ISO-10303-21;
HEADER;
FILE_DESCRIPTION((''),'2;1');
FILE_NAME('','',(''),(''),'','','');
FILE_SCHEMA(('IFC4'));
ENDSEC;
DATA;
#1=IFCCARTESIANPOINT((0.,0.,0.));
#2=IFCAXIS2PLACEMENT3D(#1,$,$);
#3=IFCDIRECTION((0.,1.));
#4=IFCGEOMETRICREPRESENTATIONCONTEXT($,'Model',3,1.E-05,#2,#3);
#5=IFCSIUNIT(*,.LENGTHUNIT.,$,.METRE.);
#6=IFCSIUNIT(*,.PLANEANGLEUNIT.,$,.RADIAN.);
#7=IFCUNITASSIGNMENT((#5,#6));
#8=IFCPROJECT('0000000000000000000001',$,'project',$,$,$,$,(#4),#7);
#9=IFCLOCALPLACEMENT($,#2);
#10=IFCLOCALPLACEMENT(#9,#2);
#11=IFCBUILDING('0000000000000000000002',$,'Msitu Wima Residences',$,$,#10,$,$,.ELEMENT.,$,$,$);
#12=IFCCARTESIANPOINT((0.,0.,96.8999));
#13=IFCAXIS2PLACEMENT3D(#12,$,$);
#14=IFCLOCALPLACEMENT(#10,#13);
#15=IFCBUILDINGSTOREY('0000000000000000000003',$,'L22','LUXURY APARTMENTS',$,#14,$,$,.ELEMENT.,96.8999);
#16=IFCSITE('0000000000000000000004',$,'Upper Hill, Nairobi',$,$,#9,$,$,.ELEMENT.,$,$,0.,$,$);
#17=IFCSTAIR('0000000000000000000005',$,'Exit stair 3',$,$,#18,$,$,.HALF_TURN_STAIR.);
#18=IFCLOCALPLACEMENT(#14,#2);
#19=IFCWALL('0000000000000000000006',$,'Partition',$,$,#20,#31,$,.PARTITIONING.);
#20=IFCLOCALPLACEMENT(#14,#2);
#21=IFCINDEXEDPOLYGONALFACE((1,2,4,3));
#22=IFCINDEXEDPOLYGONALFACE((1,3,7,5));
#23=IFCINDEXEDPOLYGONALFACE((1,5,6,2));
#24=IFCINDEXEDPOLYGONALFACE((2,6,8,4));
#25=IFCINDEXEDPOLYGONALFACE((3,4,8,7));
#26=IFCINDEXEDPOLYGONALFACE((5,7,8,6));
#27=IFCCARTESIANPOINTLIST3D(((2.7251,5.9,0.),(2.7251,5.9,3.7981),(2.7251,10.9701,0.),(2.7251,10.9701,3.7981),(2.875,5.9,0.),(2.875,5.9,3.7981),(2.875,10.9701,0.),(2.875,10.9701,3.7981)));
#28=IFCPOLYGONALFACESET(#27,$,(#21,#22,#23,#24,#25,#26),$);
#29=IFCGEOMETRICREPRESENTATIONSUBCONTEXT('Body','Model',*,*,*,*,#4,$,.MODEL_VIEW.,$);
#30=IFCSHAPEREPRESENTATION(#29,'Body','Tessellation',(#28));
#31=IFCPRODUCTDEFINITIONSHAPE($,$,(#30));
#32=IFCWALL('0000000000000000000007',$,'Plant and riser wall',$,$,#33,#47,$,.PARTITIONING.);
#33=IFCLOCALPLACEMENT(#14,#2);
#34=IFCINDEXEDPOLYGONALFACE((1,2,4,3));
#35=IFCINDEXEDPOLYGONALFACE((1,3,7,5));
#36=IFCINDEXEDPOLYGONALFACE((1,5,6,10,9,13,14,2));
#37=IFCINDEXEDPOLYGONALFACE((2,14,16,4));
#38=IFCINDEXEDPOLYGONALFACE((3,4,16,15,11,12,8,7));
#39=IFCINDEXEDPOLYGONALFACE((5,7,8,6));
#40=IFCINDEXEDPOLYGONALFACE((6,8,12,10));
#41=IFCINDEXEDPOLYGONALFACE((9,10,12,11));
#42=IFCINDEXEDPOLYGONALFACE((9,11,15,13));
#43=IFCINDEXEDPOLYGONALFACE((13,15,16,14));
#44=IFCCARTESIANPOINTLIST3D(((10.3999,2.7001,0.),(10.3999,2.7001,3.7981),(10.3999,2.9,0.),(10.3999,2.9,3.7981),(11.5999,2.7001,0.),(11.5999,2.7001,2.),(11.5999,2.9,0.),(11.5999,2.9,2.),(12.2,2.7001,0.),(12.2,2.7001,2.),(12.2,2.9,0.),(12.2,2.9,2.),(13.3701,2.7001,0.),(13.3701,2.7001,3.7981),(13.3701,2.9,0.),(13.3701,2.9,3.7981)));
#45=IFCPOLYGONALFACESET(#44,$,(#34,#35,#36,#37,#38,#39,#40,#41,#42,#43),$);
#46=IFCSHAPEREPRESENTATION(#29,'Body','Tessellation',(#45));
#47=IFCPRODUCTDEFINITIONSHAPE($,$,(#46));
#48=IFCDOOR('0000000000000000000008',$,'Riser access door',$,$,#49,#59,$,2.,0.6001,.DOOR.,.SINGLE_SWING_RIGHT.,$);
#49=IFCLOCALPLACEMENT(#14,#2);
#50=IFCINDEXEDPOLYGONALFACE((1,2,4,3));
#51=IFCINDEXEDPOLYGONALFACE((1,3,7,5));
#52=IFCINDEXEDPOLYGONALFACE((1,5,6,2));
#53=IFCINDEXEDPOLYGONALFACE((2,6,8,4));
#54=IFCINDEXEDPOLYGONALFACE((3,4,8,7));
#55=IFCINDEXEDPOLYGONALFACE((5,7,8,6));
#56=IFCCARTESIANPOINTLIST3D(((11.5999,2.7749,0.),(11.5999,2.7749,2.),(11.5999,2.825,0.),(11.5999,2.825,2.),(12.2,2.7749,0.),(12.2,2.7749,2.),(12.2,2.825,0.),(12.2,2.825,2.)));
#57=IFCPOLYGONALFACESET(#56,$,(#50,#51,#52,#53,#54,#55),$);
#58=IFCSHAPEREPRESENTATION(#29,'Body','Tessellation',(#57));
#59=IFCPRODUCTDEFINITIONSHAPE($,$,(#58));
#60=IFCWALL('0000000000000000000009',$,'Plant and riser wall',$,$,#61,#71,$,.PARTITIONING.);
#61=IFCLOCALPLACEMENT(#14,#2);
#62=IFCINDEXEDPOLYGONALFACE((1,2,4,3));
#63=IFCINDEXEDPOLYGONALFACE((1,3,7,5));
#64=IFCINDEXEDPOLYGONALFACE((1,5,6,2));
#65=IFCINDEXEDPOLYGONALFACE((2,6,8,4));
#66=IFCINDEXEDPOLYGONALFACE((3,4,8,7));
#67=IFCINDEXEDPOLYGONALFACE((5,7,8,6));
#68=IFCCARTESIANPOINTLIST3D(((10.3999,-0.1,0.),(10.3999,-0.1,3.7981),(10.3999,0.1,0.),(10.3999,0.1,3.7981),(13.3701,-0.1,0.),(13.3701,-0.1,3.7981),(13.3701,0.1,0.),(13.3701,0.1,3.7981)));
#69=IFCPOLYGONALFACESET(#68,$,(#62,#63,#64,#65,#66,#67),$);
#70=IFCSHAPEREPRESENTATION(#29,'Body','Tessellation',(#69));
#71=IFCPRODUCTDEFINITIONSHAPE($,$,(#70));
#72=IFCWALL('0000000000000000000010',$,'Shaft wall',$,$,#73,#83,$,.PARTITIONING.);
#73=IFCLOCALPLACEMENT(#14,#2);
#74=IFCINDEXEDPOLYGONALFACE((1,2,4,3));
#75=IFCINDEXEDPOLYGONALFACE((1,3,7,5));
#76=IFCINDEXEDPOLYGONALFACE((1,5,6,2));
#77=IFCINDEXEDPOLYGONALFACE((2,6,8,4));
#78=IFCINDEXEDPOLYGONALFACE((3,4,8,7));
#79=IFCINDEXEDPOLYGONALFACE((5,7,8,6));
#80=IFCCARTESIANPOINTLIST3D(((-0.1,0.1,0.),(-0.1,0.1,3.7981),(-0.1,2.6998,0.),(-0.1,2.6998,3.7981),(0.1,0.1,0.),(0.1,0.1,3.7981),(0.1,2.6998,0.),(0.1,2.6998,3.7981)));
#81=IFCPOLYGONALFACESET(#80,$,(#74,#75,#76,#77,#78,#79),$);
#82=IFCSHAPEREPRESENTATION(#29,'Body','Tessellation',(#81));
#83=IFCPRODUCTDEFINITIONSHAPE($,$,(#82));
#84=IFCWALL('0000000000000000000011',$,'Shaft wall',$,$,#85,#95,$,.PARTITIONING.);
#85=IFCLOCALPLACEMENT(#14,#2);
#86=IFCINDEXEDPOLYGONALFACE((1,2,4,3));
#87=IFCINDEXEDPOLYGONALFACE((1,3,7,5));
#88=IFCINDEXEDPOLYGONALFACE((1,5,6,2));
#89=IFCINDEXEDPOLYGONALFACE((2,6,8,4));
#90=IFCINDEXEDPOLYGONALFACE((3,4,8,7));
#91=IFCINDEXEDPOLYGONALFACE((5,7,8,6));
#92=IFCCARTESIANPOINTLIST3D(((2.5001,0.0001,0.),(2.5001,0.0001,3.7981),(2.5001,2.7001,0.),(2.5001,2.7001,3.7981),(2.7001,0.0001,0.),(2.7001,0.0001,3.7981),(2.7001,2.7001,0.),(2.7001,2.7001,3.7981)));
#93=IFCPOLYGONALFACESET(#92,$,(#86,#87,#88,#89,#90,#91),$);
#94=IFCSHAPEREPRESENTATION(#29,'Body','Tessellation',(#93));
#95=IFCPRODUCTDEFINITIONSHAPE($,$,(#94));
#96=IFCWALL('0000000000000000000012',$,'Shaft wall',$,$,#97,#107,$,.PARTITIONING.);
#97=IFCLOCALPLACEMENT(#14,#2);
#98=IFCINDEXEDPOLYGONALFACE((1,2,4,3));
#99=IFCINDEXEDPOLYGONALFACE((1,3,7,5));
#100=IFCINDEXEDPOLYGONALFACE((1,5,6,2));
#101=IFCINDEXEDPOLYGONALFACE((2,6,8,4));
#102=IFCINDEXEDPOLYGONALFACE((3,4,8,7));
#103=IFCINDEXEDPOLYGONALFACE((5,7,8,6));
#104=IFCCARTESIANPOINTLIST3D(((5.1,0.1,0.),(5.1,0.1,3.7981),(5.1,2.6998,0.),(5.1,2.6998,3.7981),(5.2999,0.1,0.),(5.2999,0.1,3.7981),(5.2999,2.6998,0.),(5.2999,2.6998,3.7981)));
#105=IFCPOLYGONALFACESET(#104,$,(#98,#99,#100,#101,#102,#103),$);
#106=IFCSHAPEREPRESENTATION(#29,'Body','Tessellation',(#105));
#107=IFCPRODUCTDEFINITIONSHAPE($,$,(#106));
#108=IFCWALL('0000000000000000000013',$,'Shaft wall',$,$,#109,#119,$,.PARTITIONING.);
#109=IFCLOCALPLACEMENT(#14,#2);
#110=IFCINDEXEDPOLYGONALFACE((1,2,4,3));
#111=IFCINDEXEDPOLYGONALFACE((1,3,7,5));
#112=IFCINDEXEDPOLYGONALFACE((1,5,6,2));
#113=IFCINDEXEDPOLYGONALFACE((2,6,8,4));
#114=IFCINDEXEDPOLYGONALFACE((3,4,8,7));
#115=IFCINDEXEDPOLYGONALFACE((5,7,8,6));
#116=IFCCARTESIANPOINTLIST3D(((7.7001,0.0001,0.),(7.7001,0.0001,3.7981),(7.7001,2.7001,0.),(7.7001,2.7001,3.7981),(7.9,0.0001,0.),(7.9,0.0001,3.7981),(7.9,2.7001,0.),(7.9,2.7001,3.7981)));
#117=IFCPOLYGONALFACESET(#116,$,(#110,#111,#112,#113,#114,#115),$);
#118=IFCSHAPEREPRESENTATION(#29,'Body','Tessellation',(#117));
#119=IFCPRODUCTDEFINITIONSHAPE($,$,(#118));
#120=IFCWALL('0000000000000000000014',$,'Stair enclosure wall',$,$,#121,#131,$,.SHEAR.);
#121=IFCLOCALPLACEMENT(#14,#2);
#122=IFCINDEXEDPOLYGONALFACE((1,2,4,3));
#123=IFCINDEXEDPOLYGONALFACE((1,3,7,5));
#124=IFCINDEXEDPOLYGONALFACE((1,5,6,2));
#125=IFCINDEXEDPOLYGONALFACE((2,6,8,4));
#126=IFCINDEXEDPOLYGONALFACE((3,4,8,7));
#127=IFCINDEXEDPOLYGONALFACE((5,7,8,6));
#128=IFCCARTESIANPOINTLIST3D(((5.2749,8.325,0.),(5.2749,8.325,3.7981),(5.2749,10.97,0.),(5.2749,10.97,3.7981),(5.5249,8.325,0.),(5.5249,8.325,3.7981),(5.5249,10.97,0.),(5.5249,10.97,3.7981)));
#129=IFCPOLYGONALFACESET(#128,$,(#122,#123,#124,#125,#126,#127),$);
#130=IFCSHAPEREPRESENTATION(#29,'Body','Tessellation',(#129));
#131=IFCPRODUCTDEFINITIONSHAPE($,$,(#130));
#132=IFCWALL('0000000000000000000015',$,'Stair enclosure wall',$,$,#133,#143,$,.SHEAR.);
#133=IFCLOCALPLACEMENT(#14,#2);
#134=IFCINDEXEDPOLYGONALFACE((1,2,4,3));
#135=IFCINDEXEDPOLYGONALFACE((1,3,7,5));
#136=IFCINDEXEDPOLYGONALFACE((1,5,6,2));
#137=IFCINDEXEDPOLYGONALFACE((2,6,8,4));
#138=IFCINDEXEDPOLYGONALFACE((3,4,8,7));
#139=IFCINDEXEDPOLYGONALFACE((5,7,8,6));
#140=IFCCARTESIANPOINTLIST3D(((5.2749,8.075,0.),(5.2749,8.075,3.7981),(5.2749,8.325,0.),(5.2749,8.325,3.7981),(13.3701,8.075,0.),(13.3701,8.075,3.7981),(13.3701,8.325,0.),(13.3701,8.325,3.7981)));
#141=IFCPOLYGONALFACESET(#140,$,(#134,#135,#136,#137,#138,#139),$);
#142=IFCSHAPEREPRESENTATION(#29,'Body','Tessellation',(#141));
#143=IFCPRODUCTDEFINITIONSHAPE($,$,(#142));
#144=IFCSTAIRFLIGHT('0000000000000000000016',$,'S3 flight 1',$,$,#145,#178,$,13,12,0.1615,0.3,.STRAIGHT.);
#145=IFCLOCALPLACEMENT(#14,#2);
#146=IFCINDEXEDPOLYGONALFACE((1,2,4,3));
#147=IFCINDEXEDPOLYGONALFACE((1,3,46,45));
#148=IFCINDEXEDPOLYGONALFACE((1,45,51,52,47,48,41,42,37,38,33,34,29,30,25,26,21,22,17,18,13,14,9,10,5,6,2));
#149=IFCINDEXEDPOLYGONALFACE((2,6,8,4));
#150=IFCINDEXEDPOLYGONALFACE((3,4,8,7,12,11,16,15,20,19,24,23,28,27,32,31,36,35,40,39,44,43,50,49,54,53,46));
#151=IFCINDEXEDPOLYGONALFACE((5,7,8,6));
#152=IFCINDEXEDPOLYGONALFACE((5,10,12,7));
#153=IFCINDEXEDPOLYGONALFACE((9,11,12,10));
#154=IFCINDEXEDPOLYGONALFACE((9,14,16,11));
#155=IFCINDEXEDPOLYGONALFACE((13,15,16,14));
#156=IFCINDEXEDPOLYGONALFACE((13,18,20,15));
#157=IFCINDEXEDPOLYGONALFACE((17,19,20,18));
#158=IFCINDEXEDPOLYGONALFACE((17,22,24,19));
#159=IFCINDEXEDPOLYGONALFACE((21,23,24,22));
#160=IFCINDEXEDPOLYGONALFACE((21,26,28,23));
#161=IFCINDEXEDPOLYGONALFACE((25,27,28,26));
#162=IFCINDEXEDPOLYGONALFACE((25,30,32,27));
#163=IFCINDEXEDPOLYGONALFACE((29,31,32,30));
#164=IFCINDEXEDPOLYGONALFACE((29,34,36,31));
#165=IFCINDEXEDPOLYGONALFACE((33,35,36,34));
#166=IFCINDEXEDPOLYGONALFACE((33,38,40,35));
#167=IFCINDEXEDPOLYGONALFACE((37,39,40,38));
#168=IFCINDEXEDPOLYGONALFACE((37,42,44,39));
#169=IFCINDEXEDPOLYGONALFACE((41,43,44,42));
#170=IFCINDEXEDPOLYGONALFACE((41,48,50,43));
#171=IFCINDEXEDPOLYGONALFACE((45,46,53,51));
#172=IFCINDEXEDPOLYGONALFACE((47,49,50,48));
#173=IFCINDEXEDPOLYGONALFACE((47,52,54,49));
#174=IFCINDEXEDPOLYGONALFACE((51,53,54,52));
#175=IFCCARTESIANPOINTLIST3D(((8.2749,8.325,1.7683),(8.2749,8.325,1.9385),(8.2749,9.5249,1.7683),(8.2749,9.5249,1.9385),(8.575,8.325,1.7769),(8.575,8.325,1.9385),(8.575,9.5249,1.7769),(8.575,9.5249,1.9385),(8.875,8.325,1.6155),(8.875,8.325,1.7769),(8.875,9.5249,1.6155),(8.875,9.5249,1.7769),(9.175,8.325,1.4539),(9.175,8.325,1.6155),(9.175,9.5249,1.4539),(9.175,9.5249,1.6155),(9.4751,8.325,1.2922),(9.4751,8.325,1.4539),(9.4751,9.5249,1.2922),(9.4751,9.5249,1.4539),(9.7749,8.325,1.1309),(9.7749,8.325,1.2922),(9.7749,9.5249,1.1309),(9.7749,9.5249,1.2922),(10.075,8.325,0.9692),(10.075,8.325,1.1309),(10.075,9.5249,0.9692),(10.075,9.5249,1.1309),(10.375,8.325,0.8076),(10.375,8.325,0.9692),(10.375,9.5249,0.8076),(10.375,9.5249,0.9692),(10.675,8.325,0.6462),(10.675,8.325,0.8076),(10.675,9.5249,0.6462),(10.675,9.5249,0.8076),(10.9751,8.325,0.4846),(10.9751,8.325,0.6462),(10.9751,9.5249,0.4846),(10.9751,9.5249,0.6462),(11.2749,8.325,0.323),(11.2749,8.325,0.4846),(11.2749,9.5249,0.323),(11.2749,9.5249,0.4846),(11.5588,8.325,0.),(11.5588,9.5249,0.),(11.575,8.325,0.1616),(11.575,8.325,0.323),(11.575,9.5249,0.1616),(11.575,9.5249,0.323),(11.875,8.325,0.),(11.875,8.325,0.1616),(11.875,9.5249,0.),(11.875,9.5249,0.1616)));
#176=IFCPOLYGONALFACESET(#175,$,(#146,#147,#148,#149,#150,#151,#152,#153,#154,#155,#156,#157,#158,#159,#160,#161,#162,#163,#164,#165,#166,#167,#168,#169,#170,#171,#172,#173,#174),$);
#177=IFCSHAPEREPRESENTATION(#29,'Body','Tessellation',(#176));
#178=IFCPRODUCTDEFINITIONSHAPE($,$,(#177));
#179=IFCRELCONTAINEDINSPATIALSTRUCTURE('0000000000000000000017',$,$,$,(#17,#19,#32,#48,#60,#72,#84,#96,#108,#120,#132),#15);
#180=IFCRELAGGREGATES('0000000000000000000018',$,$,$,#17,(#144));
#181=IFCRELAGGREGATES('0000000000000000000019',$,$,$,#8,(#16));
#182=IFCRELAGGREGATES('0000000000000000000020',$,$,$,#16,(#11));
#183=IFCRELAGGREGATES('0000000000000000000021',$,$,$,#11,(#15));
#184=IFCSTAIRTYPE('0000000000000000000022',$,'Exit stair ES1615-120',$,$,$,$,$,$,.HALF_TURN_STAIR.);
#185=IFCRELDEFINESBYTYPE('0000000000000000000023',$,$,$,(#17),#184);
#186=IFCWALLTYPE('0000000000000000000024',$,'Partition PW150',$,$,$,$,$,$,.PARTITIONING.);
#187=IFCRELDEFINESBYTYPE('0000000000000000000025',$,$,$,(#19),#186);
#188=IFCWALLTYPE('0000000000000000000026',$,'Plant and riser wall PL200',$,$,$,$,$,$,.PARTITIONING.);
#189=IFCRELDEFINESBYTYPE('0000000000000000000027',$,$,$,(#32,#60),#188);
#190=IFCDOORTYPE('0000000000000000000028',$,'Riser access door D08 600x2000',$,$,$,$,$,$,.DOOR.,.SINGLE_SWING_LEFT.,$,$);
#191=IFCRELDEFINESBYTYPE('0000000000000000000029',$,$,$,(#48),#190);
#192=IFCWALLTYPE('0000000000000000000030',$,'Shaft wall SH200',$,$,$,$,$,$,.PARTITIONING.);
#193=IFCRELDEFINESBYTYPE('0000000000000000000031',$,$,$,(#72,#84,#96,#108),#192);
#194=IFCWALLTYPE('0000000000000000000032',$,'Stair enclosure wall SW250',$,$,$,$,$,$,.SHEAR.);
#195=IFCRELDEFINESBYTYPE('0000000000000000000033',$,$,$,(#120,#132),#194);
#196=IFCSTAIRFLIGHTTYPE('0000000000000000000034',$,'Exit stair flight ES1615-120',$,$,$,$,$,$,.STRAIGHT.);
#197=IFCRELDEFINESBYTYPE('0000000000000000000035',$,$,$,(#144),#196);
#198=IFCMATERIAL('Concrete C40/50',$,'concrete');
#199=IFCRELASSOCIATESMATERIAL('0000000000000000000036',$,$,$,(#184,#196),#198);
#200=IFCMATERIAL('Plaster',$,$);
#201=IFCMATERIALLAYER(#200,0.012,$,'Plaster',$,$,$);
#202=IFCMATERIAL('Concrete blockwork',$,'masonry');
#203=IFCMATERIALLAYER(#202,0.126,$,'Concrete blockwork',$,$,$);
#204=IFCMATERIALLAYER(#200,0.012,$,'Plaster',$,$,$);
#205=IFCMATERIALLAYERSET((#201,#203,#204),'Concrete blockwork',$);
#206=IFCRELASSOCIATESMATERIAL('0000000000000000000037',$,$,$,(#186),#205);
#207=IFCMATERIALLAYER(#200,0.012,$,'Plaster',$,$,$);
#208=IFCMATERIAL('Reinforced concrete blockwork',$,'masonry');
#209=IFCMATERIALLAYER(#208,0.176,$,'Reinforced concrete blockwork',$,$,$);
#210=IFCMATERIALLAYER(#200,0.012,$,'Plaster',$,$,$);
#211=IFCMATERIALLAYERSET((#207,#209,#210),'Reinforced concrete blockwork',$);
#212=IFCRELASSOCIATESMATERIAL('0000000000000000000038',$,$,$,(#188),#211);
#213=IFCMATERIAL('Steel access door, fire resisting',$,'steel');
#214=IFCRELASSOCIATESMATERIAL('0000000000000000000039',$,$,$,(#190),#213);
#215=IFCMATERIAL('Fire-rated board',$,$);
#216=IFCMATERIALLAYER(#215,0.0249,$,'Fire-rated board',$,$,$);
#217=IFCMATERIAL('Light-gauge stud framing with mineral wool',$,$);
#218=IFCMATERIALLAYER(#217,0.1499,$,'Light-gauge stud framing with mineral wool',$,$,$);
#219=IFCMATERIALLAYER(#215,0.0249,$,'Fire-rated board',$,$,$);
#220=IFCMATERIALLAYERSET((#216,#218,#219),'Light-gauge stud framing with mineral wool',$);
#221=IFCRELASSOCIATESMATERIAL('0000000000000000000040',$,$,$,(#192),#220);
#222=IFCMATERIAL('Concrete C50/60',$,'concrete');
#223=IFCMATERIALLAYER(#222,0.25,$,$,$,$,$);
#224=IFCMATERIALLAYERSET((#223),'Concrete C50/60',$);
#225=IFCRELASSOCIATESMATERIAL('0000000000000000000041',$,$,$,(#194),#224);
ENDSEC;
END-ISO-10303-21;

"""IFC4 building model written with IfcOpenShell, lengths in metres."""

from ifc_helpers import new_model, si_unit, direction, frame, frame_2d, origin, place, context, subcontext, project, spatial, polyline, rectangle, outline, extrude, material, layer, layer_set, type_object, element, fill, aggregate, save


model = new_model("IFC4")

# Units and contexts
model_context = context("Model", 3, precision=1e-05, world=origin(), true_north=direction((0.0, 1.0)))
body_context = subcontext(model_context, "Body", "Model", "MODEL_VIEW")
ifc_project = project(units=[si_unit("LENGTHUNIT", "METRE"), si_unit("PLANEANGLEUNIT", "RADIAN")], contexts=[model_context])

# Site, building, storey
site_placement = place(None, origin())
site = spatial("IfcSite", under=ifc_project, at=site_placement, Name="Upper Hill, Nairobi", CompositionType="ELEMENT", RefElevation=0.0)
building_placement = place(site_placement, origin())
building = spatial("IfcBuilding", under=site, at=building_placement, Name="Msitu Wima Residences", CompositionType="ELEMENT")
storey_placement = place(building_placement, frame((0.0, 0.0, 96.8999)))
storey = spatial("IfcBuildingStorey", under=building, at=storey_placement, Name="L22", Description="LUXURY APARTMENTS", CompositionType="ELEMENT", Elevation=96.8999)

# Shared definitions
ifc_material_1 = material(Name="Concrete C40/50", Category="concrete")

# Stair
stair_type = type_object("IfcStairType", Name="Exit stair ES1615-120", PredefinedType="HALF_TURN_STAIR", material=ifc_material_1)
stair_1_placement = place(storey_placement, origin())
stair_1 = element("IfcStair", 1, at=stair_1_placement, inside=storey, type_object=stair_type, Name="Exit stair 3", PredefinedType="HALF_TURN_STAIR")

# Wall
ifc_material_2 = material(Name="Plaster")
ifc_layer_1 = layer(ifc_material_2, 0.012, Name="Plaster")
ifc_material_3 = material(Name="Concrete blockwork", Category="masonry")
ifc_layer_2 = layer(ifc_material_3, 0.126, Name="Concrete blockwork")
ifc_layer_3 = layer(ifc_material_2, 0.012, Name="Plaster")
ifc_layer_set_1 = layer_set([ifc_layer_1, ifc_layer_2, ifc_layer_3], Name="Concrete blockwork")
wall_type_1 = type_object("IfcWallType", Name="Partition PW150", PredefinedType="PARTITIONING", material=ifc_layer_set_1)
wall_1_placement = place(storey_placement, frame((2.8, 5.8999, 0.0), z_axis=(0.0, 0.0, 1.0), x_axis=(0.0, 1.0, 0.0)))
element("IfcWall", 2, at=wall_1_placement, inside=storey, type_object=wall_type_1, Name="Partition", PredefinedType="PARTITIONING", context=body_context, shape_type="SweptSolid", body=[
    extrude(rectangle(XDim=5.0701, YDim=0.1499, at=frame_2d((2.5352, 0.0))), origin(), (0.0, 0.0, 1.0), 3.7981),
])

# Wall, opening, door
ifc_layer_4 = layer(ifc_material_2, 0.012, Name="Plaster")
ifc_material_4 = material(Name="Reinforced concrete blockwork", Category="masonry")
ifc_layer_5 = layer(ifc_material_4, 0.176, Name="Reinforced concrete blockwork")
ifc_layer_6 = layer(ifc_material_2, 0.012, Name="Plaster")
ifc_layer_set_2 = layer_set([ifc_layer_4, ifc_layer_5, ifc_layer_6], Name="Reinforced concrete blockwork")
wall_type_2 = type_object("IfcWallType", Name="Plant and riser wall PL200", PredefinedType="PARTITIONING", material=ifc_layer_set_2)
wall_2_placement = place(storey_placement, frame((10.3999, 2.8, 0.0), z_axis=(0.0, 0.0, 1.0), x_axis=(1.0, 0.0, 0.0)))
wall_2 = element("IfcWall", 3, at=wall_2_placement, inside=storey, type_object=wall_type_2, Name="Plant and riser wall", PredefinedType="PARTITIONING", context=body_context, shape_type="SweptSolid", body=[
    extrude(rectangle(XDim=2.9702, YDim=0.2, at=frame_2d((1.4851, 0.0))), origin(), (0.0, 0.0, 1.0), 3.7981),
])
opening_placement = place(wall_2_placement, frame((1.2, 0.0, 0.0)))
opening = element("IfcOpeningElement", 4, at=opening_placement, cuts=wall_2, PredefinedType="OPENING", context=body_context, shape_type="SweptSolid", body=[
    extrude(rectangle(XDim=0.6001, YDim=2.0, at=frame_2d((0.3, 1.0))), frame((0.0, 0.1099, 0.0), z_axis=(0.0, -1.0, 0.0), x_axis=(1.0, 0.0, 0.0)), (0.0, 0.0, 1.0), 0.22),
])
ifc_material_5 = material(Name="Steel access door, fire resisting", Category="steel")
door_type = type_object("IfcDoorType", Name="Riser access door D08 600x2000", OperationType="SINGLE_SWING_LEFT", PredefinedType="DOOR", material=ifc_material_5)
door_placement = place(opening_placement, origin())
door = element("IfcDoor", 5, at=door_placement, inside=storey, type_object=door_type, Name="Riser access door", OperationType="SINGLE_SWING_RIGHT", OverallHeight=2.0, OverallWidth=0.6001, PredefinedType="DOOR", context=body_context, shape_type="SweptSolid", body=[
    extrude(rectangle(XDim=0.6001, YDim=2.0, at=frame_2d((0.3, 1.0))), frame((0.0, 0.0249, 0.0), z_axis=(0.0, -1.0, 0.0), x_axis=(1.0, 0.0, 0.0)), (0.0, 0.0, 1.0), 0.05),
])
fill(opening, door)

# Walls
wall_3_placement = place(storey_placement, frame((10.3999, 0.0, 0.0), z_axis=(0.0, 0.0, 1.0), x_axis=(1.0, 0.0, 0.0)))
element("IfcWall", 6, at=wall_3_placement, inside=storey, type_object=wall_type_2, Name="Plant and riser wall", PredefinedType="PARTITIONING", context=body_context, shape_type="SweptSolid", body=[
    extrude(rectangle(XDim=2.9702, YDim=0.2, at=frame_2d((1.4851, 0.0))), origin(), (0.0, 0.0, 1.0), 3.7981),
])
ifc_material_6 = material(Name="Fire-rated board")
ifc_layer_7 = layer(ifc_material_6, 0.0249, Name="Fire-rated board")
ifc_material_7 = material(Name="Light-gauge stud framing with mineral wool")
ifc_layer_8 = layer(ifc_material_7, 0.1499, Name="Light-gauge stud framing with mineral wool")
ifc_layer_9 = layer(ifc_material_6, 0.0249, Name="Fire-rated board")
ifc_layer_set_3 = layer_set([ifc_layer_7, ifc_layer_8, ifc_layer_9], Name="Light-gauge stud framing with mineral wool")
wall_type_3 = type_object("IfcWallType", Name="Shaft wall SH200", PredefinedType="PARTITIONING", material=ifc_layer_set_3)
wall_4_placement = place(storey_placement, frame((0.0, 0.1001, 0.0), z_axis=(0.0, 0.0, 1.0), x_axis=(0.0, 1.0, 0.0)))
element("IfcWall", 7, at=wall_4_placement, inside=storey, type_object=wall_type_3, Name="Shaft wall", PredefinedType="PARTITIONING", context=body_context, shape_type="SweptSolid", body=[
    extrude(rectangle(XDim=2.5999, YDim=0.2, at=frame_2d((1.2998, 0.0))), origin(), (0.0, 0.0, 1.0), 3.7981),
])
wall_5_placement = place(storey_placement, frame((2.6001, 0.0, 0.0), z_axis=(0.0, 0.0, 1.0), x_axis=(0.0, 1.0, 0.0)))
element("IfcWall", 8, at=wall_5_placement, inside=storey, type_object=wall_type_3, Name="Shaft wall", PredefinedType="PARTITIONING", context=body_context, shape_type="SweptSolid", body=[
    extrude(rectangle(XDim=2.7, YDim=0.2, at=frame_2d((1.3501, 0.0))), origin(), (0.0, 0.0, 1.0), 3.7981),
])
wall_6_placement = place(storey_placement, frame((5.2, 0.1001, 0.0), z_axis=(0.0, 0.0, 1.0), x_axis=(0.0, 1.0, 0.0)))
element("IfcWall", 9, at=wall_6_placement, inside=storey, type_object=wall_type_3, Name="Shaft wall", PredefinedType="PARTITIONING", context=body_context, shape_type="SweptSolid", body=[
    extrude(rectangle(XDim=2.5999, YDim=0.2, at=frame_2d((1.2998, 0.0))), origin(), (0.0, 0.0, 1.0), 3.7981),
])
wall_7_placement = place(storey_placement, frame((7.8, 0.0, 0.0), z_axis=(0.0, 0.0, 1.0), x_axis=(0.0, 1.0, 0.0)))
element("IfcWall", 10, at=wall_7_placement, inside=storey, type_object=wall_type_3, Name="Shaft wall", PredefinedType="PARTITIONING", context=body_context, shape_type="SweptSolid", body=[
    extrude(rectangle(XDim=2.7, YDim=0.2, at=frame_2d((1.3501, 0.0))), origin(), (0.0, 0.0, 1.0), 3.7981),
])
ifc_material_8 = material(Name="Concrete C50/60", Category="concrete")
ifc_layer_10 = layer(ifc_material_8, 0.25)
ifc_layer_set_4 = layer_set([ifc_layer_10], Name="Concrete C50/60")
wall_type_4 = type_object("IfcWallType", Name="Stair enclosure wall SW250", PredefinedType="SHEAR", material=ifc_layer_set_4)
wall_8_placement = place(storey_placement, frame((5.3999, 8.325, 0.0), z_axis=(0.0, 0.0, 1.0), x_axis=(0.0, 1.0, 0.0)))
element("IfcWall", 11, at=wall_8_placement, inside=storey, type_object=wall_type_4, Name="Stair enclosure wall", PredefinedType="SHEAR", context=body_context, shape_type="SweptSolid", body=[
    extrude(rectangle(XDim=2.645, YDim=0.25, at=frame_2d((1.3225, 0.0))), origin(), (0.0, 0.0, 1.0), 3.7981),
])
wall_9_placement = place(storey_placement, frame((5.2749, 8.2, 0.0), z_axis=(0.0, 0.0, 1.0), x_axis=(1.0, 0.0, 0.0)))
element("IfcWall", 12, at=wall_9_placement, inside=storey, type_object=wall_type_4, Name="Stair enclosure wall", PredefinedType="SHEAR", context=body_context, shape_type="SweptSolid", body=[
    extrude(rectangle(XDim=8.0952, YDim=0.25, at=frame_2d((4.0476, 0.0))), origin(), (0.0, 0.0, 1.0), 3.7981),
])

# Stair flight
stair_flight_type = type_object("IfcStairFlightType", Name="Exit stair flight ES1615-120", PredefinedType="STRAIGHT", material=ifc_material_1)
stair_flight_placement = place(storey_placement, frame((11.875, 8.925, 0.0), z_axis=(0.0, 0.0, 1.0), x_axis=(-1.0, 0.0, 0.0)))
stair_flight = element("IfcStairFlight", 13, at=stair_flight_placement, type_object=stair_flight_type, Name="S3 flight 1", NumberOfRisers=13, NumberOfTreads=12, PredefinedType="STRAIGHT", RiserHeight=0.1615, TreadLength=0.3, context=body_context, shape_type="SweptSolid", body=[
    extrude(outline(polyline([(0.0, 0.0), (0.0, 0.1616), (0.3, 0.1616), (0.3, 0.323), (0.6001, 0.323), (0.6001, 0.4846), (0.8999, 0.4846), (0.8999, 0.6462), (1.2, 0.6462), (1.2, 0.8076), (1.5, 0.8076), (1.5, 0.9692), (1.8, 0.9692), (1.8, 1.1309), (2.1001, 1.1309), (2.1001, 1.2922), (2.3999, 1.2922), (2.3999, 1.4539), (2.7, 1.4539), (2.7, 1.6155), (3.0, 1.6155), (3.0, 1.7769), (3.3, 1.7769), (3.3, 1.9385), (3.6001, 1.9385), (3.6001, 2.1001), (3.6001, 1.7683), (0.3162, 0.0), (0.0, 0.0)])), frame((0.0, 0.6001, 0.0), z_axis=(0.0, -1.0, 0.0), x_axis=(1.0, 0.0, 0.0)), (0.0, 0.0, 1.0), 1.2),
])
aggregate(stair_1, [stair_flight])

save(model, "model.ifc")
